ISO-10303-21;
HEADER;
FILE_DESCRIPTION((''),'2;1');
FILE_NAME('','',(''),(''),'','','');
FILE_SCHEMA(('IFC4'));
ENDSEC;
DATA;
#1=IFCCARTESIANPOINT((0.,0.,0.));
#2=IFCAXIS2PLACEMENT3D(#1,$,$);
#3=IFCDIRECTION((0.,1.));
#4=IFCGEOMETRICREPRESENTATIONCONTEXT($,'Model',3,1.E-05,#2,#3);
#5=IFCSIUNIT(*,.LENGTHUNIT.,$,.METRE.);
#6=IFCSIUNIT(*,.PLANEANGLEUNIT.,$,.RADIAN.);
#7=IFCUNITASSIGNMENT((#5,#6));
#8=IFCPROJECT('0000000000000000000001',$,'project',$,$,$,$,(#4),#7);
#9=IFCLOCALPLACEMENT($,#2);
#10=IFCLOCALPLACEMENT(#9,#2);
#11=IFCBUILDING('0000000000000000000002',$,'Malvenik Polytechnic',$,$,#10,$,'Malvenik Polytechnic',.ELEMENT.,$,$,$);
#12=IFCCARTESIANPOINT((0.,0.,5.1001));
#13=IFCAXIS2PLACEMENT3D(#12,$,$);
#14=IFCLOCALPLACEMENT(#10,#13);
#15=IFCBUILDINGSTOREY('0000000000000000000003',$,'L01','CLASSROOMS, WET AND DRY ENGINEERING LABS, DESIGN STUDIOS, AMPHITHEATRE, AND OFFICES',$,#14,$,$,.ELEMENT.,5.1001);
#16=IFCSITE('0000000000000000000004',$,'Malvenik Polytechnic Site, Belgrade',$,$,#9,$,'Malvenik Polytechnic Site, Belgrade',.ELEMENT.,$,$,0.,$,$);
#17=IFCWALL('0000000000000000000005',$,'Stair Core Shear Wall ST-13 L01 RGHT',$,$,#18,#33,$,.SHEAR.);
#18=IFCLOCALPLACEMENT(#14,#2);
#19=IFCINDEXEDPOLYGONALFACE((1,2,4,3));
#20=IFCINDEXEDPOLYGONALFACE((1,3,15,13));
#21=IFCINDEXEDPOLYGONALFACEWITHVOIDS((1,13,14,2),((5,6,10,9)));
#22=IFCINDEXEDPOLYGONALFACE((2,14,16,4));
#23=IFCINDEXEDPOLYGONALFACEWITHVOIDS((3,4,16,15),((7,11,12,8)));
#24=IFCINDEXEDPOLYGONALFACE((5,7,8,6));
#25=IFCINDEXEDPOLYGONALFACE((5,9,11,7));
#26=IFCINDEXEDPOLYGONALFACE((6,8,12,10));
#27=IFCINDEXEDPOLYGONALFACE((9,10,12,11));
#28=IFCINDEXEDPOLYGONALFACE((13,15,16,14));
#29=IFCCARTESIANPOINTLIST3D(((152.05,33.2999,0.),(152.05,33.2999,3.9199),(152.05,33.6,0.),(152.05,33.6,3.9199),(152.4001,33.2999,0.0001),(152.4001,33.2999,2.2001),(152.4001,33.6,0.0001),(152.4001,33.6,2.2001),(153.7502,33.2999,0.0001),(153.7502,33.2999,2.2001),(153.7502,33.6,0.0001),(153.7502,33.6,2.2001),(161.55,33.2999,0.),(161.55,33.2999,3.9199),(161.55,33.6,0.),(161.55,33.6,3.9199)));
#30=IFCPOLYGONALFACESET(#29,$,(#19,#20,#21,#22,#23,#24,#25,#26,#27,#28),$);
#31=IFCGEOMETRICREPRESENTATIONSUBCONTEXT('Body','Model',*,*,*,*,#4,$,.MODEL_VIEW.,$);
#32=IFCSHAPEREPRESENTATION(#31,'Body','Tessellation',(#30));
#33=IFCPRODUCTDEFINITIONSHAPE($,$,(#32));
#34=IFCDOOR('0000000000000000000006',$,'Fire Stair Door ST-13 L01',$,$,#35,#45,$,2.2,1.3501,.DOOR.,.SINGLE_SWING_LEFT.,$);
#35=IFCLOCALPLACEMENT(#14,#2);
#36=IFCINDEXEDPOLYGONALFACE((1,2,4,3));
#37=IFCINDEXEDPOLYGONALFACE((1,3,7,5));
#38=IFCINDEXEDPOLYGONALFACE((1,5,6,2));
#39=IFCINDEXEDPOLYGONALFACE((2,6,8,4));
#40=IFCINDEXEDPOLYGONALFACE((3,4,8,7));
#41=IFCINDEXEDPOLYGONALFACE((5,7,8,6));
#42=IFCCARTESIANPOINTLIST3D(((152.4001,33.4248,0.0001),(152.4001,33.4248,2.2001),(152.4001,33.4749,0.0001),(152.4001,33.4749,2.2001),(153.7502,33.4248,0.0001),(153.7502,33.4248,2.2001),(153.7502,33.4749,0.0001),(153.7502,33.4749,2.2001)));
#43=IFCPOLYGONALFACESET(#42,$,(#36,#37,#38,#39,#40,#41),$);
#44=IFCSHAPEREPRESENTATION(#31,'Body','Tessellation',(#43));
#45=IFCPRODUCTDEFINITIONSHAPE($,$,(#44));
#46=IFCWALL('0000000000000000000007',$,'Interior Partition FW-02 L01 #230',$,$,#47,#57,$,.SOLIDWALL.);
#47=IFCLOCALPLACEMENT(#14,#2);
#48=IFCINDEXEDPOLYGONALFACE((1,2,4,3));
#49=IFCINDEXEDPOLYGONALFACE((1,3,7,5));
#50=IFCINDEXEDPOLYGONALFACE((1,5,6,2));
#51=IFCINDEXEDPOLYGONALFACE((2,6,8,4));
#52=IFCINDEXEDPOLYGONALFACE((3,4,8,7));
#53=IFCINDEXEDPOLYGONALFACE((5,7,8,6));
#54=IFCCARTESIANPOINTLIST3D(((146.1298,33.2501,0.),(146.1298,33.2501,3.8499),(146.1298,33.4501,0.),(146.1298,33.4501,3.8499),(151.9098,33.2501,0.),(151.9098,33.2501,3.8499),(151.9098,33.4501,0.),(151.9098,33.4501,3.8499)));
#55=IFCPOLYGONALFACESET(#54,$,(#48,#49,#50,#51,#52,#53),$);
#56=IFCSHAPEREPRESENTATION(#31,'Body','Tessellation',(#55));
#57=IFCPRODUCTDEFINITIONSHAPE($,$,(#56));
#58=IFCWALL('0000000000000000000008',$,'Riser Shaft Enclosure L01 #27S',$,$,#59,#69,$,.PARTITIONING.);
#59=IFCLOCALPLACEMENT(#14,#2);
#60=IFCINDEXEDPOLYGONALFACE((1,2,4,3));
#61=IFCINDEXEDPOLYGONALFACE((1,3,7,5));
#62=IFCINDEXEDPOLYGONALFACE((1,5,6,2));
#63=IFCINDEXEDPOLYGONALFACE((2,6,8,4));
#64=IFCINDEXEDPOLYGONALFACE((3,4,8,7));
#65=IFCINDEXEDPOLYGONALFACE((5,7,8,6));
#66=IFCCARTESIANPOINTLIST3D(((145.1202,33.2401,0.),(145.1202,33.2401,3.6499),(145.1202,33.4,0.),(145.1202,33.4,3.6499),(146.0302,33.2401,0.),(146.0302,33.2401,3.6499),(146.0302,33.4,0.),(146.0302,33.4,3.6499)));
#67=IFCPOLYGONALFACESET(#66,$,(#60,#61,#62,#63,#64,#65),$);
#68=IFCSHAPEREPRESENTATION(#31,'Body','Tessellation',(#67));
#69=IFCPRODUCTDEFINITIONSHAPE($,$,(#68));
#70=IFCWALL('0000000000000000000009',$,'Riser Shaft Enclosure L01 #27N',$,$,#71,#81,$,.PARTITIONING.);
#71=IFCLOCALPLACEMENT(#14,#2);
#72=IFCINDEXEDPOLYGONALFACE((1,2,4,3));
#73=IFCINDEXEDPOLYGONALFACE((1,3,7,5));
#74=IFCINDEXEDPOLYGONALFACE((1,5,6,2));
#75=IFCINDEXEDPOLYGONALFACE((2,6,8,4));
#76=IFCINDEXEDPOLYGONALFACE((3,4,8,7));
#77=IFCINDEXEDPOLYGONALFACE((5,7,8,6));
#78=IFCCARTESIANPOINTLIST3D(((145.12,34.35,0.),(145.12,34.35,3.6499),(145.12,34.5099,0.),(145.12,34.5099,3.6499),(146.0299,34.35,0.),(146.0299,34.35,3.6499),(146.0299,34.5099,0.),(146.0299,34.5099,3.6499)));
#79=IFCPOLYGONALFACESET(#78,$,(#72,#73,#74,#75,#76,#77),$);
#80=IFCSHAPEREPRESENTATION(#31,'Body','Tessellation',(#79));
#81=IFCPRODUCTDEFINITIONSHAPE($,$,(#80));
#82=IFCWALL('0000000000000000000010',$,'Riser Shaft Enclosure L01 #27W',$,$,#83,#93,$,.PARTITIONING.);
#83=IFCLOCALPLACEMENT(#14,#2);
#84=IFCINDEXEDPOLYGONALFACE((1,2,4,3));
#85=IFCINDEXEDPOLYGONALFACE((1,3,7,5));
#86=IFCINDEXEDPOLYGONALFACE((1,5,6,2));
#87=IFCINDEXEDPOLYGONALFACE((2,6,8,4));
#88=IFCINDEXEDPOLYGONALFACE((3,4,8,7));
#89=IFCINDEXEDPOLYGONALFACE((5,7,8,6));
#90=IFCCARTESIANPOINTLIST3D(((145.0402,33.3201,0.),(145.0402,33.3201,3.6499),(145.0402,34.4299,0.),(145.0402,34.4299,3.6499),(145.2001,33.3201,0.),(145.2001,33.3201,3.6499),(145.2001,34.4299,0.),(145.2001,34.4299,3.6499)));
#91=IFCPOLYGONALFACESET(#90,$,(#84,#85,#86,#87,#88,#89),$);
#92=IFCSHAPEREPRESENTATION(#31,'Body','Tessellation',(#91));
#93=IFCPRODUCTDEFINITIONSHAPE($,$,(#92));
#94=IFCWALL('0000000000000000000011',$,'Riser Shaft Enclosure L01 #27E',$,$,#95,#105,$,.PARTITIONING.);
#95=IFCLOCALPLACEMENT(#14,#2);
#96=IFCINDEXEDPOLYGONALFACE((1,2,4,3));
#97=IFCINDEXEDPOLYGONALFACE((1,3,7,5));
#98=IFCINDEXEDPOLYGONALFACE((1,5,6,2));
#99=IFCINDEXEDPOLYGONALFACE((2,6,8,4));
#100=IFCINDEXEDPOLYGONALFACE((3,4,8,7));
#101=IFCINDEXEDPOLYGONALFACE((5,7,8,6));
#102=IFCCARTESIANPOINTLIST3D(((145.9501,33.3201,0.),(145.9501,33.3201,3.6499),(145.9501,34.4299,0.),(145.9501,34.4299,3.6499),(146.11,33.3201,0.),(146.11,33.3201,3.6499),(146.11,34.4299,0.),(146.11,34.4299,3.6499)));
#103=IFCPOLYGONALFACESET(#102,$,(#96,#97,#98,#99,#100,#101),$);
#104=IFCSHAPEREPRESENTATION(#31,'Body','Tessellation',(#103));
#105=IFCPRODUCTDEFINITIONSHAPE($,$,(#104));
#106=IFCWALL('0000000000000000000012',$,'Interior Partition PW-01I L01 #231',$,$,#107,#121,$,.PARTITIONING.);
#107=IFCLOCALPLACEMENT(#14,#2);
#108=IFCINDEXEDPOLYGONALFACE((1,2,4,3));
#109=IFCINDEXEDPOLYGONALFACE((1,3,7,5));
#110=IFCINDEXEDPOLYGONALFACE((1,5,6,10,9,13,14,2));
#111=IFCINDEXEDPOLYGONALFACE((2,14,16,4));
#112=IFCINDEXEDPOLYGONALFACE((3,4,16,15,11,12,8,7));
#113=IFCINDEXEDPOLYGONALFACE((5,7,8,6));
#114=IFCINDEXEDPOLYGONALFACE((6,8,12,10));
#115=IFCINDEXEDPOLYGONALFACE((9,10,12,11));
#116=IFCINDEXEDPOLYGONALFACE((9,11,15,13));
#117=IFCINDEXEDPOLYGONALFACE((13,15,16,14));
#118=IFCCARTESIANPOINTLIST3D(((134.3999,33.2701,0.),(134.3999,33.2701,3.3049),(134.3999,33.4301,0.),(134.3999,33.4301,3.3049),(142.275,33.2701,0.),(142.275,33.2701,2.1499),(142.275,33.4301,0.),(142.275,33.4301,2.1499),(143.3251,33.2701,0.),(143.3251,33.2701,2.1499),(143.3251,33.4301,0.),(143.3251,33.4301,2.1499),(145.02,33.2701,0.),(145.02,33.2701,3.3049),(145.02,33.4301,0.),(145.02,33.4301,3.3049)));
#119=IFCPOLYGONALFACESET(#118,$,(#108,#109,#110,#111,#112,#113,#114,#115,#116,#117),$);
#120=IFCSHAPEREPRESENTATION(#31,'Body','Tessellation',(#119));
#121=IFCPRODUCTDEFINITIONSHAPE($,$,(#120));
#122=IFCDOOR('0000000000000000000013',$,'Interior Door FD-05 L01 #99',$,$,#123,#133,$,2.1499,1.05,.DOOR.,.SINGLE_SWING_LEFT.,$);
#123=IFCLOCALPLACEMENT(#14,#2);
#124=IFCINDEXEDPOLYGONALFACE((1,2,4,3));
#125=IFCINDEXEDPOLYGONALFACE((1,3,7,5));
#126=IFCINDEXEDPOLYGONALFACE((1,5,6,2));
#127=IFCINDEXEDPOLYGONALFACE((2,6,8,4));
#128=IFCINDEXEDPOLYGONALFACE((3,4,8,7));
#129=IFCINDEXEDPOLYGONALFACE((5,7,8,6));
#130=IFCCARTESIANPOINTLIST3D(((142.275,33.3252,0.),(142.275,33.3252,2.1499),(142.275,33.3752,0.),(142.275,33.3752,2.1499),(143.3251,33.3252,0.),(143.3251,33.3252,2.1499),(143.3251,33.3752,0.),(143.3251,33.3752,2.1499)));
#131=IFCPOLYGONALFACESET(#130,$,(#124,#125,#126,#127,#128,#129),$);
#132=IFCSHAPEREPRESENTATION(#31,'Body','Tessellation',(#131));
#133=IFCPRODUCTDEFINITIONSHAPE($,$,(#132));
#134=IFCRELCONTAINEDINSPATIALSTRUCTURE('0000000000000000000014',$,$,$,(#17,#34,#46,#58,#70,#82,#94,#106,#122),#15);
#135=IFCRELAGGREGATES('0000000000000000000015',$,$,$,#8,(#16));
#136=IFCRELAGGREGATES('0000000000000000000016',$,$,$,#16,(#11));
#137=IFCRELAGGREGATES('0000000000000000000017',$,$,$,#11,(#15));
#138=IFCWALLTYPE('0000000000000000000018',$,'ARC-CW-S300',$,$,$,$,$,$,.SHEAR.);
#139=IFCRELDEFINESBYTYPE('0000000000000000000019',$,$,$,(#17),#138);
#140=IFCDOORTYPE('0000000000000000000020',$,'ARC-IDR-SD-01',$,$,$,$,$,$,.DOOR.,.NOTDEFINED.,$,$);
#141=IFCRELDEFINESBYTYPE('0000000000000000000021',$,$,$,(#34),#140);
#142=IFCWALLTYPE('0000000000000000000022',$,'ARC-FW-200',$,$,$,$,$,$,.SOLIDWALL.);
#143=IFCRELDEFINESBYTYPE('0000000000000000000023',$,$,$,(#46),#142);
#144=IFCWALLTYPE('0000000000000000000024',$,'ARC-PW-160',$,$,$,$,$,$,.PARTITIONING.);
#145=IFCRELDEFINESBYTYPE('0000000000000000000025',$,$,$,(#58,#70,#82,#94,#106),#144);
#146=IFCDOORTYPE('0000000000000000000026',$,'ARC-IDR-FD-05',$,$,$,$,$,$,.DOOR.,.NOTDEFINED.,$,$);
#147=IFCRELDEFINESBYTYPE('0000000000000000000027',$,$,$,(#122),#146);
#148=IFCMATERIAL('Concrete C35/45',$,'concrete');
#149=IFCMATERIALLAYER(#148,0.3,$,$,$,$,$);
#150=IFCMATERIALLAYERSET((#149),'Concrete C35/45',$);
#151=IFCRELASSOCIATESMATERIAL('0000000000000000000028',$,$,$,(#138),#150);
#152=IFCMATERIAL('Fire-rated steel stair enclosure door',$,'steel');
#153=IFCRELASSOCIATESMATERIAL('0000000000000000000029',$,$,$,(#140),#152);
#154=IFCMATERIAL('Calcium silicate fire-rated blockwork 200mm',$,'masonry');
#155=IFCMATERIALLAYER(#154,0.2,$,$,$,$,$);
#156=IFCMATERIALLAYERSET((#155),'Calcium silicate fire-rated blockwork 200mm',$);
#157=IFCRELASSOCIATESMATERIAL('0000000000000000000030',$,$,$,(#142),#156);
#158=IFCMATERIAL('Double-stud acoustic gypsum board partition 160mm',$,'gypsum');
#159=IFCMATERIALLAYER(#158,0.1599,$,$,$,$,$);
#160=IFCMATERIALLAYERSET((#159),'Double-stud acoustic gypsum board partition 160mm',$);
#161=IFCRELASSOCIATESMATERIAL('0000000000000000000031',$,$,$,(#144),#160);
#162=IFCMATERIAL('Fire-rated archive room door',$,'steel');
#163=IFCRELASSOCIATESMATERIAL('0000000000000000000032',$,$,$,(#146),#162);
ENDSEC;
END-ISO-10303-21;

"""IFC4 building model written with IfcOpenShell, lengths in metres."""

from ifc_helpers import new_model, si_unit, direction, frame, frame_2d, origin, place, context, subcontext, project, spatial, rectangle, extrude, material, layer, layer_set, type_object, element, fill, save


model = new_model("IFC4")

# Units and contexts
model_context = context("Model", 3, precision=1e-05, world=origin(), true_north=direction((0.0, 1.0)))
body_context = subcontext(model_context, "Body", "Model", "MODEL_VIEW")
ifc_project = project(units=[si_unit("LENGTHUNIT", "METRE"), si_unit("PLANEANGLEUNIT", "RADIAN")], contexts=[model_context])

# Site, building, storey
site_placement = place(None, origin())
site = spatial("IfcSite", under=ifc_project, at=site_placement, Name="Malvenik Polytechnic Site, Belgrade", LongName="Malvenik Polytechnic Site, Belgrade", CompositionType="ELEMENT", RefElevation=0.0)
building_placement = place(site_placement, origin())
building = spatial("IfcBuilding", under=site, at=building_placement, Name="Malvenik Polytechnic", LongName="Malvenik Polytechnic", CompositionType="ELEMENT")
storey_placement = place(building_placement, frame((0.0, 0.0, 5.1001)))
storey = spatial("IfcBuildingStorey", under=building, at=storey_placement, Name="L01", Description="CLASSROOMS, WET AND DRY ENGINEERING LABS, DESIGN STUDIOS, AMPHITHEATRE, AND OFFICES", CompositionType="ELEMENT", Elevation=5.1001)

# Shared definitions
ifc_material_1 = material(Name="Concrete C35/45", Category="concrete")
ifc_layer_1 = layer(ifc_material_1, 0.3)
ifc_layer_set_1 = layer_set([ifc_layer_1], Name="Concrete C35/45")
wall_type_1 = type_object("IfcWallType", Name="ARC-CW-S300", PredefinedType="SHEAR", material=ifc_layer_set_1)

# Wall, opening, door
wall_1_placement = place(storey_placement, frame((152.05, 33.45, 0.0), z_axis=(0.0, 0.0, 1.0), x_axis=(1.0, 0.0, 0.0)))
wall_1 = element("IfcWall", 1, at=wall_1_placement, inside=storey, type_object=wall_type_1, Name="Stair Core Shear Wall ST-13 L01 RGHT", PredefinedType="SHEAR", context=body_context, shape_type="SweptSolid", body=[
    extrude(rectangle(XDim=9.5, YDim=0.3, at=frame_2d((4.75, 0.0))), origin(), (0.0, 0.0, 1.0), 3.9199),
])
opening_1_placement = place(wall_1_placement, frame((0.3501, 0.0, 0.0)))
opening_1 = element("IfcOpeningElement", 2, at=opening_1_placement, cuts=wall_1, PredefinedType="OPENING", context=body_context, shape_type="SweptSolid", body=[
    extrude(rectangle(XDim=1.3501, YDim=2.2, at=frame_2d((0.675, 1.1001))), frame((0.0, 0.1602, 0.0), z_axis=(0.0, -1.0, 0.0), x_axis=(1.0, 0.0, 0.0)), (0.0, 0.0, 1.0), 0.3201),
])
ifc_material_2 = material(Name="Fire-rated steel stair enclosure door", Category="steel")
door_type_1 = type_object("IfcDoorType", Name="ARC-IDR-SD-01", OperationType="NOTDEFINED", PredefinedType="DOOR", material=ifc_material_2)
door_1_placement = place(opening_1_placement, origin())
door_1 = element("IfcDoor", 3, at=door_1_placement, inside=storey, type_object=door_type_1, Name="Fire Stair Door ST-13 L01", OperationType="SINGLE_SWING_LEFT", OverallHeight=2.2, OverallWidth=1.3501, PredefinedType="DOOR", context=body_context, shape_type="SweptSolid", body=[
    extrude(rectangle(XDim=1.3501, YDim=2.2, at=frame_2d((0.675, 1.1001))), frame((0.0, 0.0249, 0.0), z_axis=(0.0, -1.0, 0.0), x_axis=(1.0, 0.0, 0.0)), (0.0, 0.0, 1.0), 0.05),
])
fill(opening_1, door_1)

# Walls
ifc_material_3 = material(Name="Calcium silicate fire-rated blockwork 200mm", Category="masonry")
ifc_layer_2 = layer(ifc_material_3, 0.2)
ifc_layer_set_2 = layer_set([ifc_layer_2], Name="Calcium silicate fire-rated blockwork 200mm")
wall_type_2 = type_object("IfcWallType", Name="ARC-FW-200", PredefinedType="SOLIDWALL", material=ifc_layer_set_2)
wall_2_placement = place(storey_placement, frame((151.9099, 33.3501, 0.0), z_axis=(0.0, 0.0, 1.0), x_axis=(-1.0, 0.0, 0.0)))
element("IfcWall", 4, at=wall_2_placement, inside=storey, type_object=wall_type_2, Name="Interior Partition FW-02 L01 #230", PredefinedType="SOLIDWALL", context=body_context, shape_type="SweptSolid", body=[
    extrude(rectangle(XDim=5.78, YDim=0.2, at=frame_2d((2.8901, 0.0))), origin(), (0.0, 0.0, 1.0), 3.8499),
])
ifc_material_4 = material(Name="Double-stud acoustic gypsum board partition 160mm", Category="gypsum")
ifc_layer_3 = layer(ifc_material_4, 0.1599)
ifc_layer_set_3 = layer_set([ifc_layer_3], Name="Double-stud acoustic gypsum board partition 160mm")
wall_type_3 = type_object("IfcWallType", Name="ARC-PW-160", PredefinedType="PARTITIONING", material=ifc_layer_set_3)
for number, where, z_axis, x_axis, name in (
    (5, (145.1201, 33.3201, 0.0), (0.0, 0.0, 1.0), (1.0, 0.0, 0.0), "Riser Shaft Enclosure L01 #27S"),
    (6, (146.03, 34.4299, 0.0), (0.0, 0.0, 1.0), (-1.0, 0.0, 0.0), "Riser Shaft Enclosure L01 #27N"),
):
    element("IfcWall", number, at=place(storey_placement, frame(where, z_axis=z_axis, x_axis=x_axis)), inside=storey, type_object=wall_type_3, Name=name, PredefinedType="PARTITIONING", context=body_context, shape_type="SweptSolid", body=[
        extrude(rectangle(XDim=0.9099, YDim=0.1599, at=frame_2d((0.4551, 0.0))), origin(), (0.0, 0.0, 1.0), 3.6499),
    ])
for number, where, z_axis, x_axis, name in (
    (7, (145.1201, 34.4299, 0.0), (0.0, 0.0, 1.0), (0.0, -1.0, 0.0), "Riser Shaft Enclosure L01 #27W"),
    (8, (146.03, 33.3201, 0.0), (0.0, 0.0, 1.0), (0.0, 1.0, 0.0), "Riser Shaft Enclosure L01 #27E"),
):
    element("IfcWall", number, at=place(storey_placement, frame(where, z_axis=z_axis, x_axis=x_axis)), inside=storey, type_object=wall_type_3, Name=name, PredefinedType="PARTITIONING", context=body_context, shape_type="SweptSolid", body=[
        extrude(rectangle(XDim=1.1099, YDim=0.1599, at=frame_2d((0.5549, 0.0))), origin(), (0.0, 0.0, 1.0), 3.6499),
    ])

# Wall, opening, door
wall_3_placement = place(storey_placement, frame((145.02, 33.3501, 0.0), z_axis=(0.0, 0.0, 1.0), x_axis=(-1.0, 0.0, 0.0)))
wall_3 = element("IfcWall", 9, at=wall_3_placement, inside=storey, type_object=wall_type_3, Name="Interior Partition PW-01I L01 #231", PredefinedType="PARTITIONING", context=body_context, shape_type="SweptSolid", body=[
    extrude(rectangle(XDim=10.6201, YDim=0.1599, at=frame_2d((5.3101, 0.0))), origin(), (0.0, 0.0, 1.0), 3.3049),
])
opening_2_placement = place(wall_3_placement, frame((1.6951, 0.0, 0.0)))
opening_2 = element("IfcOpeningElement", 10, at=opening_2_placement, cuts=wall_3, PredefinedType="OPENING", context=body_context, shape_type="SweptSolid", body=[
    extrude(rectangle(XDim=1.05, YDim=2.1499, at=frame_2d((0.5249, 1.075))), frame((0.0, 0.0898, 0.0), z_axis=(0.0, -1.0, 0.0), x_axis=(1.0, 0.0, 0.0)), (0.0, 0.0, 1.0), 0.1799),
])
ifc_material_5 = material(Name="Fire-rated archive room door", Category="steel")
door_type_2 = type_object("IfcDoorType", Name="ARC-IDR-FD-05", OperationType="NOTDEFINED", PredefinedType="DOOR", material=ifc_material_5)
door_2_placement = place(opening_2_placement, origin())
door_2 = element("IfcDoor", 11, at=door_2_placement, inside=storey, type_object=door_type_2, Name="Interior Door FD-05 L01 #99", OperationType="SINGLE_SWING_LEFT", OverallHeight=2.1499, OverallWidth=1.05, PredefinedType="DOOR", context=body_context, shape_type="SweptSolid", body=[
    extrude(rectangle(XDim=1.05, YDim=2.1499, at=frame_2d((0.5249, 1.075))), frame((0.0, 0.0249, 0.0), z_axis=(0.0, -1.0, 0.0), x_axis=(1.0, 0.0, 0.0)), (0.0, 0.0, 1.0), 0.05),
])
fill(opening_2, door_2)

save(model, "model.ifc")
